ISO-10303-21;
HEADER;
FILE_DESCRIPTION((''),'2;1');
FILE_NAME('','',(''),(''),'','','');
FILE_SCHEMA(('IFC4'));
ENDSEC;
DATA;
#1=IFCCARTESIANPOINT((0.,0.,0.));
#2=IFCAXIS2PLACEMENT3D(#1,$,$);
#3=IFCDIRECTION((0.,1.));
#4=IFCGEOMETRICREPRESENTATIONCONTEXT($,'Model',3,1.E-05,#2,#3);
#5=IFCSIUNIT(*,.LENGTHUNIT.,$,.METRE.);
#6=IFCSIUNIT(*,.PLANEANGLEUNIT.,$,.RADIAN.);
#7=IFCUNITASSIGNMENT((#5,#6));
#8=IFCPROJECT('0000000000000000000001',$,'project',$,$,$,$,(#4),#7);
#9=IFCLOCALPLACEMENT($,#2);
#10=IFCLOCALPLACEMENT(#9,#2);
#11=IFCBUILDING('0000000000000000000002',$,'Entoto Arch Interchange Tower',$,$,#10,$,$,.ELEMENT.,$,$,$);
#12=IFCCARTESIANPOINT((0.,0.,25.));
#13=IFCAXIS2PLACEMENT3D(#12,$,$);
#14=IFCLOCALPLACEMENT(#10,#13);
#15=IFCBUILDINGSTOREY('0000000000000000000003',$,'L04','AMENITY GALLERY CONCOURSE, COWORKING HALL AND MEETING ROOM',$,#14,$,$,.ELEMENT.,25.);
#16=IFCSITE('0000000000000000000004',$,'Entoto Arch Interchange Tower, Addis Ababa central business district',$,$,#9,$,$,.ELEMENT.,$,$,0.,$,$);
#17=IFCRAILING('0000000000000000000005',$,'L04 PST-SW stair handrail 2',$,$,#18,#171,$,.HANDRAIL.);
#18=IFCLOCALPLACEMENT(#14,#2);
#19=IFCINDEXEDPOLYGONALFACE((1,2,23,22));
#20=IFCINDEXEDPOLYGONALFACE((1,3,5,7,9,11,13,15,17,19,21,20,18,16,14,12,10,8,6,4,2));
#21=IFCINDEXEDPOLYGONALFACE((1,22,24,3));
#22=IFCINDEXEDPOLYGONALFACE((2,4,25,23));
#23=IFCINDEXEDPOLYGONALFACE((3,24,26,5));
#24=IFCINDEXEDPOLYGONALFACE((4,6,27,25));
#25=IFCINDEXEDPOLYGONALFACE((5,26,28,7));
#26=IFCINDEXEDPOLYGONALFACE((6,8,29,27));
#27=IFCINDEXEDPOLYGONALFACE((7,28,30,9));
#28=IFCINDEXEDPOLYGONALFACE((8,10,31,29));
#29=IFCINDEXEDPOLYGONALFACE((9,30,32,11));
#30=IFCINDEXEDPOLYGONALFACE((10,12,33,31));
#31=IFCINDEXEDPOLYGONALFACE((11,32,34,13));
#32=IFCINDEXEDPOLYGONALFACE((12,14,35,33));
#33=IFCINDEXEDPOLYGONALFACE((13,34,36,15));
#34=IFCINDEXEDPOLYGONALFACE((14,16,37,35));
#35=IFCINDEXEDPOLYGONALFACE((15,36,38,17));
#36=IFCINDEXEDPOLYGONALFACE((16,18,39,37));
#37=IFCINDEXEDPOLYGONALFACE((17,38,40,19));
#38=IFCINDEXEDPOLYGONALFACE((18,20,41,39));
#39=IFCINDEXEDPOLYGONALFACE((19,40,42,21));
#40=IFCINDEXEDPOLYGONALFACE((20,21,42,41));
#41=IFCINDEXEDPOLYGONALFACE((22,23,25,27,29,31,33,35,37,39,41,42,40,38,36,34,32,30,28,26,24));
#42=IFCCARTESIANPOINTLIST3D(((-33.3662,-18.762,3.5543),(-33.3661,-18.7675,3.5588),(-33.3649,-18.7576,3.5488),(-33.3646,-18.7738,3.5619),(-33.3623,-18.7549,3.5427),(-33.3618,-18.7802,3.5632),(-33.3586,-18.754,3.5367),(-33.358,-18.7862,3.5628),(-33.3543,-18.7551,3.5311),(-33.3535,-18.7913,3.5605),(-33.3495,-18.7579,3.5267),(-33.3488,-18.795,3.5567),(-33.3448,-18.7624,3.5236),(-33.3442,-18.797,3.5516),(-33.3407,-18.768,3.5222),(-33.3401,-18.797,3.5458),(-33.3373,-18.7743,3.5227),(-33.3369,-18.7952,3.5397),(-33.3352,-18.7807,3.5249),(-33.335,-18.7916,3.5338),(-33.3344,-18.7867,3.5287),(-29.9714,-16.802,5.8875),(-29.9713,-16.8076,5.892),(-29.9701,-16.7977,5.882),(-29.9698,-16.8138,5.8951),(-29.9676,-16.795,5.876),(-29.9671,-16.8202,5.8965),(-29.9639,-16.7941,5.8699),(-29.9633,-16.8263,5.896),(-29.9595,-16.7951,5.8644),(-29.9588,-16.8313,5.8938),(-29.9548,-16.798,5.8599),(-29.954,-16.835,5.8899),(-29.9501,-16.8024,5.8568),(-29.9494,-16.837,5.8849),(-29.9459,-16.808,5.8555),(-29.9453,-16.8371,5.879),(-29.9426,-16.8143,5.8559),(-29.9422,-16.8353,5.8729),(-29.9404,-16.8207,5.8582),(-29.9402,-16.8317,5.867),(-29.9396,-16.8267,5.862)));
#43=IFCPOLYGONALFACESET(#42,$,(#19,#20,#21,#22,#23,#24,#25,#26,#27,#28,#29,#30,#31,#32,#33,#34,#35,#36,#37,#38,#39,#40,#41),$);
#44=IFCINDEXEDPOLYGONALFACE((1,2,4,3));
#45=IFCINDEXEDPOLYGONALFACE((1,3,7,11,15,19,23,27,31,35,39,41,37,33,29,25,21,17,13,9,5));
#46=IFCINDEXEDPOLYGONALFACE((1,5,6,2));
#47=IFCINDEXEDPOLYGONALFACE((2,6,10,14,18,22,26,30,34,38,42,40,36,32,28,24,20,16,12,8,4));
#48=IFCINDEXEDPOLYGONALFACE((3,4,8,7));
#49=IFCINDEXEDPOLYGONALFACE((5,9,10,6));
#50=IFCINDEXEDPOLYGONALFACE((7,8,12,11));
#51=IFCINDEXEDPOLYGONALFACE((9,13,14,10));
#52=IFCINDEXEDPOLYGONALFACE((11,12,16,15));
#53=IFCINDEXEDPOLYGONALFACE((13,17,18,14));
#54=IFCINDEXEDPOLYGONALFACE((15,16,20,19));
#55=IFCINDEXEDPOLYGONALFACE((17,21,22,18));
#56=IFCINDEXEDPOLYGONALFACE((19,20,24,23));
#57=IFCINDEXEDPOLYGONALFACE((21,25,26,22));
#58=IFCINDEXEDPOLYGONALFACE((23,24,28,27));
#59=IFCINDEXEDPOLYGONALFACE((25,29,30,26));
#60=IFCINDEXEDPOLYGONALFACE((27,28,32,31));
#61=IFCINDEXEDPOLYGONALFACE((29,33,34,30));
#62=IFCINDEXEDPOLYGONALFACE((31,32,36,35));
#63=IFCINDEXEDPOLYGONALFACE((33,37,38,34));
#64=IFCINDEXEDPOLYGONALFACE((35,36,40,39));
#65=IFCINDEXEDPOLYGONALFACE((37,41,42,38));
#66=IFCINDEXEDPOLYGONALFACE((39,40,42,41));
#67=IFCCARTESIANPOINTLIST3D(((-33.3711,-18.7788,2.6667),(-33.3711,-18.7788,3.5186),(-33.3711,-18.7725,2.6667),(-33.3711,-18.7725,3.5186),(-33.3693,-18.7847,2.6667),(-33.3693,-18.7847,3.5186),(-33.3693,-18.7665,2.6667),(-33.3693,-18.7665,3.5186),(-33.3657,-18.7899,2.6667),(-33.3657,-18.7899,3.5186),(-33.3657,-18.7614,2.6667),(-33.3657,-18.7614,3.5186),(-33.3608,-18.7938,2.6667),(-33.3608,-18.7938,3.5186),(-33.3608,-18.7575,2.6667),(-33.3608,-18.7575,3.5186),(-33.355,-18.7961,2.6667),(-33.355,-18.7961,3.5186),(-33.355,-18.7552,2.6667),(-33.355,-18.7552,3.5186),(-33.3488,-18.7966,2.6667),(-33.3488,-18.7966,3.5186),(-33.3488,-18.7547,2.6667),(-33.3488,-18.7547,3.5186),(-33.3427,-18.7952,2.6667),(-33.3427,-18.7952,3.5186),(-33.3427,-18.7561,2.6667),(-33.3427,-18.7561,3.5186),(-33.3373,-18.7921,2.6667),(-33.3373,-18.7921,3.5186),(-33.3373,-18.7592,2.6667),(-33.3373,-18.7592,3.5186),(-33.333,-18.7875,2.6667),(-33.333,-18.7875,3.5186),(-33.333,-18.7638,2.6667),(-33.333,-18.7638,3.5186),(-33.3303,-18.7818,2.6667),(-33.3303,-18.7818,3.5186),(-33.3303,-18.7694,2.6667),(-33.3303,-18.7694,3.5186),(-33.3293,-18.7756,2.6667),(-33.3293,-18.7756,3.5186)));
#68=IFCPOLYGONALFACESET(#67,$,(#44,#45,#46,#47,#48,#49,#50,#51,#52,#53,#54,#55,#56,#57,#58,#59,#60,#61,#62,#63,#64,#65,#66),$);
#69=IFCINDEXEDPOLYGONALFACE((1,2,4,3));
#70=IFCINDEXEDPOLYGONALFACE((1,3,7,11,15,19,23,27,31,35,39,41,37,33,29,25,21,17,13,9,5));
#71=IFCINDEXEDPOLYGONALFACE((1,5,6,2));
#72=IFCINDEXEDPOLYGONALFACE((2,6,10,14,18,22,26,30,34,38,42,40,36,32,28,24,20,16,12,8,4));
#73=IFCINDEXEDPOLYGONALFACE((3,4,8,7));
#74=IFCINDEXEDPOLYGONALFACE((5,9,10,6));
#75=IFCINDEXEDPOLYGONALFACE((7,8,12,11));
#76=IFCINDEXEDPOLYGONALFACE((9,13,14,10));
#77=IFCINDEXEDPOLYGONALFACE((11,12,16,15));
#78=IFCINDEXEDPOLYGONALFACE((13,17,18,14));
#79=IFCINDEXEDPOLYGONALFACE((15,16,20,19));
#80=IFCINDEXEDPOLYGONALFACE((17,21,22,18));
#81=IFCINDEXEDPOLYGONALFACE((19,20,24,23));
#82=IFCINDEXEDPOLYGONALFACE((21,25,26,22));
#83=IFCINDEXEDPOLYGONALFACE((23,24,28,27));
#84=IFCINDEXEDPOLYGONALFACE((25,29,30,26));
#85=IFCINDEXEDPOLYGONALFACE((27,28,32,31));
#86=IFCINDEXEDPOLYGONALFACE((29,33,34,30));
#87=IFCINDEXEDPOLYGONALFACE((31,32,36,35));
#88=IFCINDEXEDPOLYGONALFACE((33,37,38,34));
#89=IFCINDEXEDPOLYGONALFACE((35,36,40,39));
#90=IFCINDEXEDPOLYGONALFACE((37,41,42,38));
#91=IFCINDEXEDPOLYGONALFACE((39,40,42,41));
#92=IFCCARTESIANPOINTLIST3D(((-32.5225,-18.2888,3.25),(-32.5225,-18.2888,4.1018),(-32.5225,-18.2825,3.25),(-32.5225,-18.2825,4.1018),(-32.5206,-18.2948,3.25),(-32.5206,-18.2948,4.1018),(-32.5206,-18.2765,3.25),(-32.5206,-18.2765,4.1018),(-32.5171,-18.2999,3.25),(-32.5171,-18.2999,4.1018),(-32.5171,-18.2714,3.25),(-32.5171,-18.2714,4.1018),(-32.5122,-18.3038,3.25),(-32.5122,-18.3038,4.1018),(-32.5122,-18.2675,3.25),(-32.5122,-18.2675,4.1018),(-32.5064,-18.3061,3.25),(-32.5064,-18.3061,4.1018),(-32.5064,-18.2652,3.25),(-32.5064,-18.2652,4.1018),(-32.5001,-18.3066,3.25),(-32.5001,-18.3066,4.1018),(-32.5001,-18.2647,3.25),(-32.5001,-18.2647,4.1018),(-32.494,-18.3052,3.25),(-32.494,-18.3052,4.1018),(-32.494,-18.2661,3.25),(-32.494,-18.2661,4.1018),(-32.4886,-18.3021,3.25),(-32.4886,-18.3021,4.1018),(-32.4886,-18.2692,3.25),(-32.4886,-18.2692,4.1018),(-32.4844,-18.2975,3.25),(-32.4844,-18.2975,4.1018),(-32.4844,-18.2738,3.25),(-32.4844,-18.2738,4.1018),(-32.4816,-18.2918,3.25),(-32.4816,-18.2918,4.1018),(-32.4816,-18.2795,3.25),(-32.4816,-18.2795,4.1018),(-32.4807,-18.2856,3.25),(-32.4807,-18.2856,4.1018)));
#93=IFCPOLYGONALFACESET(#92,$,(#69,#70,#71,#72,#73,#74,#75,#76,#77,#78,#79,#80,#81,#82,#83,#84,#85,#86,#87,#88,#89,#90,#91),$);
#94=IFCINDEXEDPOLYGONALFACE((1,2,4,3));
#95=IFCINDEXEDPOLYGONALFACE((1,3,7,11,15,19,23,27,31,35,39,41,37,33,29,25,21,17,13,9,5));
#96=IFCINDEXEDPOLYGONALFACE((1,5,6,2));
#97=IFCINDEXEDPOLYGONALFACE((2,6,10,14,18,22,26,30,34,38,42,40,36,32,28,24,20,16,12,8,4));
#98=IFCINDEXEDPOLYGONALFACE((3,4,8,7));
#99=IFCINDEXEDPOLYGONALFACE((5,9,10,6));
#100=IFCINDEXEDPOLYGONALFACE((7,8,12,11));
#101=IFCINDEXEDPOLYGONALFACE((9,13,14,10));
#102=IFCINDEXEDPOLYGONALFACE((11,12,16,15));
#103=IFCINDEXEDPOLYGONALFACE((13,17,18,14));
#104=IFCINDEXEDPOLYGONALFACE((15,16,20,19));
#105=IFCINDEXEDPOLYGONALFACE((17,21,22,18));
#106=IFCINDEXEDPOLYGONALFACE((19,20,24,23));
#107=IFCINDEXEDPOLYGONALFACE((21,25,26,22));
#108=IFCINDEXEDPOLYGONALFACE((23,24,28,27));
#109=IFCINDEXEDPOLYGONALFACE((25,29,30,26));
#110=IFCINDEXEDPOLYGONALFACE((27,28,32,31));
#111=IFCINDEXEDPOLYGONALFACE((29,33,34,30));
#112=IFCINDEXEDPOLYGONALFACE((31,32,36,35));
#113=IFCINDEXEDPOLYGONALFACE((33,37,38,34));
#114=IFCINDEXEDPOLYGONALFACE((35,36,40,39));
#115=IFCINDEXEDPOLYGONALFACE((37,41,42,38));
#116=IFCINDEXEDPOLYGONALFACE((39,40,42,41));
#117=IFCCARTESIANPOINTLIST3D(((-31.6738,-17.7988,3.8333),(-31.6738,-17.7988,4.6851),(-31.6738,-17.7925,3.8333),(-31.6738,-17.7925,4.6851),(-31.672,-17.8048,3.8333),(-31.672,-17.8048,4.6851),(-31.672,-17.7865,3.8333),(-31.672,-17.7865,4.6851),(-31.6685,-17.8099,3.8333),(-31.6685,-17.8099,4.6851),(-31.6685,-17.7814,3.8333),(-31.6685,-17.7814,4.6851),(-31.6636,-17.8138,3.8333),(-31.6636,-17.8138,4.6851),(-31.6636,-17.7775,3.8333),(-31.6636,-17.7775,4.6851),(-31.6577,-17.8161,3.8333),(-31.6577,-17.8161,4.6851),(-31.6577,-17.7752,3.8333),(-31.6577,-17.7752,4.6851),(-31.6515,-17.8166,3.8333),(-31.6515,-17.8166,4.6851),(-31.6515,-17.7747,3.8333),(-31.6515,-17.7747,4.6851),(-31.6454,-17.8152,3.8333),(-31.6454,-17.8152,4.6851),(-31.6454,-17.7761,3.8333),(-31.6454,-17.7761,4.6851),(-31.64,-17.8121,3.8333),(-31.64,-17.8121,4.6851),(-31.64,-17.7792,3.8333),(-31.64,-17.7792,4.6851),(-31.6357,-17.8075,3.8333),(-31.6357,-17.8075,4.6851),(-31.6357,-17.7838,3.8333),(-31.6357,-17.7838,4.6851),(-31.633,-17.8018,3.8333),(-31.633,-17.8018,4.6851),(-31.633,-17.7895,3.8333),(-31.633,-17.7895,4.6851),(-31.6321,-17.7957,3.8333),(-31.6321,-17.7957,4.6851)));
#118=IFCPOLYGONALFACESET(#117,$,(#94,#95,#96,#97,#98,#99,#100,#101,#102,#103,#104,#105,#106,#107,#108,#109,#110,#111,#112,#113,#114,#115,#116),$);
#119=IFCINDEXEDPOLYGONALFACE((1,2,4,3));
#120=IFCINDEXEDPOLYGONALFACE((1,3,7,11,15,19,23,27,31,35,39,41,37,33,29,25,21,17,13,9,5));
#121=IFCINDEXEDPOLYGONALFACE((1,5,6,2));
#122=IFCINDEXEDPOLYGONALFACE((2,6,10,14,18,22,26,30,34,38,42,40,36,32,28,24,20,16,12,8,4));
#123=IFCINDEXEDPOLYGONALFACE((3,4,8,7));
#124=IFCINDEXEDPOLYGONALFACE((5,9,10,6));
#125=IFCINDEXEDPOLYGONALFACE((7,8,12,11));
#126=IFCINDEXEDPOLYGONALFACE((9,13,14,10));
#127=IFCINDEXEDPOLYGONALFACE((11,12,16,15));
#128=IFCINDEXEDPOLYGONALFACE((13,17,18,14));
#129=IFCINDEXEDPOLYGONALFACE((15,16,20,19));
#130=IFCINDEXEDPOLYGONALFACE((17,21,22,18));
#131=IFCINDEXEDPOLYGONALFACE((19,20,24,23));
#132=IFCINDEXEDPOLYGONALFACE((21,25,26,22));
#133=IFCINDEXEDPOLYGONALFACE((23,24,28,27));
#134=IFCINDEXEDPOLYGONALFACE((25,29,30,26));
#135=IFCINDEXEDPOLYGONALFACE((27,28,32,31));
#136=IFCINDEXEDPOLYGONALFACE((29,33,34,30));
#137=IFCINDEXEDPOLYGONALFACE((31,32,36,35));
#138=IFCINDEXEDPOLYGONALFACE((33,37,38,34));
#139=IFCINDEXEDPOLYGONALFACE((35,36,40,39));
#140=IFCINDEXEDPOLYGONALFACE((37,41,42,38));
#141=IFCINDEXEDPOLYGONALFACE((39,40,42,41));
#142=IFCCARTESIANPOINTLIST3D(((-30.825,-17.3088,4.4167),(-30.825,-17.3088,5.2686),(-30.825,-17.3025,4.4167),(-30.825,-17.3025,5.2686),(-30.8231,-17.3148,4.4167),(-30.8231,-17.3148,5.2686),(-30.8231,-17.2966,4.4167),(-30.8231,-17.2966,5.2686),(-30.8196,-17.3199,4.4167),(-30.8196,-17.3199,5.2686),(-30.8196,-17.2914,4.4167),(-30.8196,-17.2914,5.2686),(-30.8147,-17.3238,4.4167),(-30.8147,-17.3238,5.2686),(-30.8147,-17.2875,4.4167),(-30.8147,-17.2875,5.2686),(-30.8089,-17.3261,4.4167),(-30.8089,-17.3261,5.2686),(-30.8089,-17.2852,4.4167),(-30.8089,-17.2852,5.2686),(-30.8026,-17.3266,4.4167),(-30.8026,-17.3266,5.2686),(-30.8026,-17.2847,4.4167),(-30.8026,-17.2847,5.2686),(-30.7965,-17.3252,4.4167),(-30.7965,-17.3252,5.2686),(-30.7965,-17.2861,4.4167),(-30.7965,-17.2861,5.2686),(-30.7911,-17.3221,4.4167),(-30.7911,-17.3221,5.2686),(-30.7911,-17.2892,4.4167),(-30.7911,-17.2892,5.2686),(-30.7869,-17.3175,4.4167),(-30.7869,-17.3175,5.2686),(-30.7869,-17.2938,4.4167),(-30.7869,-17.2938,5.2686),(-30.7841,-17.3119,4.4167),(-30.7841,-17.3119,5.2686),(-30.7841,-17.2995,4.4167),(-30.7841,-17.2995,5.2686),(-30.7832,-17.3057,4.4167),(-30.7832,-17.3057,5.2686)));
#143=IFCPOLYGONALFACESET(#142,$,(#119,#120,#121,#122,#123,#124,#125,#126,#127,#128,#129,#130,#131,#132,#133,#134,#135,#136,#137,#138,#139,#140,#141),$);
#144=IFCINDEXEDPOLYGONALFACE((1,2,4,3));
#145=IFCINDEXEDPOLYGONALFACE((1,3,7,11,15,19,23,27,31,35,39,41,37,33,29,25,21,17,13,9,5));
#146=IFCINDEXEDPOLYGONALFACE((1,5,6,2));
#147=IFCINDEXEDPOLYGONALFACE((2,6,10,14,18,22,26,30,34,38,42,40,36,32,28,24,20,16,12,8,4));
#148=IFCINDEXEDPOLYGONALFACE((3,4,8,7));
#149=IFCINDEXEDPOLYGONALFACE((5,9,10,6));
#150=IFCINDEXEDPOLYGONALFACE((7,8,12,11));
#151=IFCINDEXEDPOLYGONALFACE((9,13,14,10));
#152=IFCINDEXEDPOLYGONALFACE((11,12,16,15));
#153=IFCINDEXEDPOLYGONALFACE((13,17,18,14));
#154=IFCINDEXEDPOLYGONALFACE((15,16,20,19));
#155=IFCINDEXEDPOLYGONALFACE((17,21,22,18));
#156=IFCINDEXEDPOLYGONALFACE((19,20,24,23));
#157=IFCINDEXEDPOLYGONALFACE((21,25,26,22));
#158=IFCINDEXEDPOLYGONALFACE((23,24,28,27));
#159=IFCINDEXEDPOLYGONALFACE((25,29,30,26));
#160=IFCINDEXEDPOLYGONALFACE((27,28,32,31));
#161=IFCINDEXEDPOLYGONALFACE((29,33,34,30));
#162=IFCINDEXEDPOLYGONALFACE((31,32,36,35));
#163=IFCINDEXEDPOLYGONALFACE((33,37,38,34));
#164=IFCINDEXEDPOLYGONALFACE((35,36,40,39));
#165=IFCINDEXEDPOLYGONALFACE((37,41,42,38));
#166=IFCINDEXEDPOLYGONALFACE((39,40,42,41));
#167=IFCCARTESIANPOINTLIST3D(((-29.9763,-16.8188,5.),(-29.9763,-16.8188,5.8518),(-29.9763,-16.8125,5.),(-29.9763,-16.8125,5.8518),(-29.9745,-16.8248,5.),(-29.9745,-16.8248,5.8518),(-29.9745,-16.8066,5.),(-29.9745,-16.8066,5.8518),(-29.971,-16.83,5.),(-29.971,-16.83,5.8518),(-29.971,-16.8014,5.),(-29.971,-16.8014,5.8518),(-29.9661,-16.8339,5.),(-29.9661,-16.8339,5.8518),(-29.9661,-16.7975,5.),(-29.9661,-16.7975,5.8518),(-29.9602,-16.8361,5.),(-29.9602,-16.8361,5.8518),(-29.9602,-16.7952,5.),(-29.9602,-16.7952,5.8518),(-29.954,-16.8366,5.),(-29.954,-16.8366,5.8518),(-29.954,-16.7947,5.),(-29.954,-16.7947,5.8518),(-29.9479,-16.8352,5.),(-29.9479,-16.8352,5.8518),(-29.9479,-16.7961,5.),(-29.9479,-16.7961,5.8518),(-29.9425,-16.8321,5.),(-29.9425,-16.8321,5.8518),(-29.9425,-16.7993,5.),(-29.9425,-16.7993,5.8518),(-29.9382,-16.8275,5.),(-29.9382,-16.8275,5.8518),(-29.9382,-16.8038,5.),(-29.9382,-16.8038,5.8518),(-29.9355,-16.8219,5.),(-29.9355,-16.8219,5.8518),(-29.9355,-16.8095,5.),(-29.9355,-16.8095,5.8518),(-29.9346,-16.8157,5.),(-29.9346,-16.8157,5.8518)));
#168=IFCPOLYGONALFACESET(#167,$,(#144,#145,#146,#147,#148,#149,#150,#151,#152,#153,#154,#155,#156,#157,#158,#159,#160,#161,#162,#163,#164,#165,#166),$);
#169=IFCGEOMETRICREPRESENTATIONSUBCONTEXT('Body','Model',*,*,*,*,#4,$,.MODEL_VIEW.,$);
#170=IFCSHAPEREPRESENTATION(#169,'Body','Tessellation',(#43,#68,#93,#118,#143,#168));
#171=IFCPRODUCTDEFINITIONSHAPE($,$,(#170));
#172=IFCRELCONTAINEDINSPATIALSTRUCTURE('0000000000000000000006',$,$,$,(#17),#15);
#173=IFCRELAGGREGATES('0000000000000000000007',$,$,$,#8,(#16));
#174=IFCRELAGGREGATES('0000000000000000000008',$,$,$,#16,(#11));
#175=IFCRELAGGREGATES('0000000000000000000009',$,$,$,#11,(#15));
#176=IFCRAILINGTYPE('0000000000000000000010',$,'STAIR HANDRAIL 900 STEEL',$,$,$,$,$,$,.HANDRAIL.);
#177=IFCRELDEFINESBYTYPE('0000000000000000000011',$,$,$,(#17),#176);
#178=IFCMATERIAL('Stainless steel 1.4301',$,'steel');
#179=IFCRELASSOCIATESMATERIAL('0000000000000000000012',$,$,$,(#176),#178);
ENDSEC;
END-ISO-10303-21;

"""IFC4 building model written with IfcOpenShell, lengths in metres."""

from ifc_helpers import new_model, si_unit, direction, frame, origin, origin_2d, place, context, subcontext, project, spatial, circle, extrude, material, type_object, element, save


model = new_model("IFC4")

# Units and contexts
model_context = context("Model", 3, precision=1e-05, world=origin(), true_north=direction((0.0, 1.0)))
body_context = subcontext(model_context, "Body", "Model", "MODEL_VIEW")
ifc_project = project(units=[si_unit("LENGTHUNIT", "METRE"), si_unit("PLANEANGLEUNIT", "RADIAN")], contexts=[model_context])

# Site, building, storey
site_placement = place(None, origin())
site = spatial("IfcSite", under=ifc_project, at=site_placement, Name="Entoto Arch Interchange Tower, Addis Ababa central business district", CompositionType="ELEMENT", RefElevation=0.0)
building_placement = place(site_placement, origin())
building = spatial("IfcBuilding", under=site, at=building_placement, Name="Entoto Arch Interchange Tower", CompositionType="ELEMENT")
storey_placement = place(building_placement, frame((0.0, 0.0, 25.0)))
storey = spatial("IfcBuildingStorey", under=building, at=storey_placement, Name="L04", Description="AMENITY GALLERY CONCOURSE, COWORKING HALL AND MEETING ROOM", CompositionType="ELEMENT", Elevation=25.0)

# Railing
ifc_material_1 = material(Name="Stainless steel 1.4301", Category="steel")
railing_type_1 = type_object("IfcRailingType", Name="STAIR HANDRAIL 900 STEEL", PredefinedType="HANDRAIL", material=ifc_material_1)
railing_1_placement = place(storey_placement, frame((-33.3503, -18.7756, 2.6667)))
element("IfcRailing", 1, at=railing_1_placement, inside=storey, type_object=railing_type_1, Name="L04 PST-SW stair handrail 2", PredefinedType="HANDRAIL", context=body_context, shape_type="SweptSolid", body=[
    extrude(circle(Radius=0.0239, at=origin_2d()), frame((0.0, 0.0, 0.876), z_axis=(0.744175, 0.429646, 0.511476), x_axis=(-0.499997, 0.866027, 0.0)), (0.0, 0.0, 1.0), 4.5618),
    extrude(circle(Radius=0.021, at=origin_2d()), origin(), (0.0, 0.0, 1.0), 0.8518),
    extrude(circle(Radius=0.021, at=origin_2d()), frame((0.8486, 0.49, 0.5833)), (0.0, 0.0, 1.0), 0.8518),
    extrude(circle(Radius=0.021, at=origin_2d()), frame((1.6973, 0.98, 1.1665)), (0.0, 0.0, 1.0), 0.8518),
    extrude(circle(Radius=0.021, at=origin_2d()), frame((2.5461, 1.47, 1.75)), (0.0, 0.0, 1.0), 0.8518),
    extrude(circle(Radius=0.021, at=origin_2d()), frame((3.3948, 1.96, 2.3333)), (0.0, 0.0, 1.0), 0.8518),
])

save(model, "model.ifc")
